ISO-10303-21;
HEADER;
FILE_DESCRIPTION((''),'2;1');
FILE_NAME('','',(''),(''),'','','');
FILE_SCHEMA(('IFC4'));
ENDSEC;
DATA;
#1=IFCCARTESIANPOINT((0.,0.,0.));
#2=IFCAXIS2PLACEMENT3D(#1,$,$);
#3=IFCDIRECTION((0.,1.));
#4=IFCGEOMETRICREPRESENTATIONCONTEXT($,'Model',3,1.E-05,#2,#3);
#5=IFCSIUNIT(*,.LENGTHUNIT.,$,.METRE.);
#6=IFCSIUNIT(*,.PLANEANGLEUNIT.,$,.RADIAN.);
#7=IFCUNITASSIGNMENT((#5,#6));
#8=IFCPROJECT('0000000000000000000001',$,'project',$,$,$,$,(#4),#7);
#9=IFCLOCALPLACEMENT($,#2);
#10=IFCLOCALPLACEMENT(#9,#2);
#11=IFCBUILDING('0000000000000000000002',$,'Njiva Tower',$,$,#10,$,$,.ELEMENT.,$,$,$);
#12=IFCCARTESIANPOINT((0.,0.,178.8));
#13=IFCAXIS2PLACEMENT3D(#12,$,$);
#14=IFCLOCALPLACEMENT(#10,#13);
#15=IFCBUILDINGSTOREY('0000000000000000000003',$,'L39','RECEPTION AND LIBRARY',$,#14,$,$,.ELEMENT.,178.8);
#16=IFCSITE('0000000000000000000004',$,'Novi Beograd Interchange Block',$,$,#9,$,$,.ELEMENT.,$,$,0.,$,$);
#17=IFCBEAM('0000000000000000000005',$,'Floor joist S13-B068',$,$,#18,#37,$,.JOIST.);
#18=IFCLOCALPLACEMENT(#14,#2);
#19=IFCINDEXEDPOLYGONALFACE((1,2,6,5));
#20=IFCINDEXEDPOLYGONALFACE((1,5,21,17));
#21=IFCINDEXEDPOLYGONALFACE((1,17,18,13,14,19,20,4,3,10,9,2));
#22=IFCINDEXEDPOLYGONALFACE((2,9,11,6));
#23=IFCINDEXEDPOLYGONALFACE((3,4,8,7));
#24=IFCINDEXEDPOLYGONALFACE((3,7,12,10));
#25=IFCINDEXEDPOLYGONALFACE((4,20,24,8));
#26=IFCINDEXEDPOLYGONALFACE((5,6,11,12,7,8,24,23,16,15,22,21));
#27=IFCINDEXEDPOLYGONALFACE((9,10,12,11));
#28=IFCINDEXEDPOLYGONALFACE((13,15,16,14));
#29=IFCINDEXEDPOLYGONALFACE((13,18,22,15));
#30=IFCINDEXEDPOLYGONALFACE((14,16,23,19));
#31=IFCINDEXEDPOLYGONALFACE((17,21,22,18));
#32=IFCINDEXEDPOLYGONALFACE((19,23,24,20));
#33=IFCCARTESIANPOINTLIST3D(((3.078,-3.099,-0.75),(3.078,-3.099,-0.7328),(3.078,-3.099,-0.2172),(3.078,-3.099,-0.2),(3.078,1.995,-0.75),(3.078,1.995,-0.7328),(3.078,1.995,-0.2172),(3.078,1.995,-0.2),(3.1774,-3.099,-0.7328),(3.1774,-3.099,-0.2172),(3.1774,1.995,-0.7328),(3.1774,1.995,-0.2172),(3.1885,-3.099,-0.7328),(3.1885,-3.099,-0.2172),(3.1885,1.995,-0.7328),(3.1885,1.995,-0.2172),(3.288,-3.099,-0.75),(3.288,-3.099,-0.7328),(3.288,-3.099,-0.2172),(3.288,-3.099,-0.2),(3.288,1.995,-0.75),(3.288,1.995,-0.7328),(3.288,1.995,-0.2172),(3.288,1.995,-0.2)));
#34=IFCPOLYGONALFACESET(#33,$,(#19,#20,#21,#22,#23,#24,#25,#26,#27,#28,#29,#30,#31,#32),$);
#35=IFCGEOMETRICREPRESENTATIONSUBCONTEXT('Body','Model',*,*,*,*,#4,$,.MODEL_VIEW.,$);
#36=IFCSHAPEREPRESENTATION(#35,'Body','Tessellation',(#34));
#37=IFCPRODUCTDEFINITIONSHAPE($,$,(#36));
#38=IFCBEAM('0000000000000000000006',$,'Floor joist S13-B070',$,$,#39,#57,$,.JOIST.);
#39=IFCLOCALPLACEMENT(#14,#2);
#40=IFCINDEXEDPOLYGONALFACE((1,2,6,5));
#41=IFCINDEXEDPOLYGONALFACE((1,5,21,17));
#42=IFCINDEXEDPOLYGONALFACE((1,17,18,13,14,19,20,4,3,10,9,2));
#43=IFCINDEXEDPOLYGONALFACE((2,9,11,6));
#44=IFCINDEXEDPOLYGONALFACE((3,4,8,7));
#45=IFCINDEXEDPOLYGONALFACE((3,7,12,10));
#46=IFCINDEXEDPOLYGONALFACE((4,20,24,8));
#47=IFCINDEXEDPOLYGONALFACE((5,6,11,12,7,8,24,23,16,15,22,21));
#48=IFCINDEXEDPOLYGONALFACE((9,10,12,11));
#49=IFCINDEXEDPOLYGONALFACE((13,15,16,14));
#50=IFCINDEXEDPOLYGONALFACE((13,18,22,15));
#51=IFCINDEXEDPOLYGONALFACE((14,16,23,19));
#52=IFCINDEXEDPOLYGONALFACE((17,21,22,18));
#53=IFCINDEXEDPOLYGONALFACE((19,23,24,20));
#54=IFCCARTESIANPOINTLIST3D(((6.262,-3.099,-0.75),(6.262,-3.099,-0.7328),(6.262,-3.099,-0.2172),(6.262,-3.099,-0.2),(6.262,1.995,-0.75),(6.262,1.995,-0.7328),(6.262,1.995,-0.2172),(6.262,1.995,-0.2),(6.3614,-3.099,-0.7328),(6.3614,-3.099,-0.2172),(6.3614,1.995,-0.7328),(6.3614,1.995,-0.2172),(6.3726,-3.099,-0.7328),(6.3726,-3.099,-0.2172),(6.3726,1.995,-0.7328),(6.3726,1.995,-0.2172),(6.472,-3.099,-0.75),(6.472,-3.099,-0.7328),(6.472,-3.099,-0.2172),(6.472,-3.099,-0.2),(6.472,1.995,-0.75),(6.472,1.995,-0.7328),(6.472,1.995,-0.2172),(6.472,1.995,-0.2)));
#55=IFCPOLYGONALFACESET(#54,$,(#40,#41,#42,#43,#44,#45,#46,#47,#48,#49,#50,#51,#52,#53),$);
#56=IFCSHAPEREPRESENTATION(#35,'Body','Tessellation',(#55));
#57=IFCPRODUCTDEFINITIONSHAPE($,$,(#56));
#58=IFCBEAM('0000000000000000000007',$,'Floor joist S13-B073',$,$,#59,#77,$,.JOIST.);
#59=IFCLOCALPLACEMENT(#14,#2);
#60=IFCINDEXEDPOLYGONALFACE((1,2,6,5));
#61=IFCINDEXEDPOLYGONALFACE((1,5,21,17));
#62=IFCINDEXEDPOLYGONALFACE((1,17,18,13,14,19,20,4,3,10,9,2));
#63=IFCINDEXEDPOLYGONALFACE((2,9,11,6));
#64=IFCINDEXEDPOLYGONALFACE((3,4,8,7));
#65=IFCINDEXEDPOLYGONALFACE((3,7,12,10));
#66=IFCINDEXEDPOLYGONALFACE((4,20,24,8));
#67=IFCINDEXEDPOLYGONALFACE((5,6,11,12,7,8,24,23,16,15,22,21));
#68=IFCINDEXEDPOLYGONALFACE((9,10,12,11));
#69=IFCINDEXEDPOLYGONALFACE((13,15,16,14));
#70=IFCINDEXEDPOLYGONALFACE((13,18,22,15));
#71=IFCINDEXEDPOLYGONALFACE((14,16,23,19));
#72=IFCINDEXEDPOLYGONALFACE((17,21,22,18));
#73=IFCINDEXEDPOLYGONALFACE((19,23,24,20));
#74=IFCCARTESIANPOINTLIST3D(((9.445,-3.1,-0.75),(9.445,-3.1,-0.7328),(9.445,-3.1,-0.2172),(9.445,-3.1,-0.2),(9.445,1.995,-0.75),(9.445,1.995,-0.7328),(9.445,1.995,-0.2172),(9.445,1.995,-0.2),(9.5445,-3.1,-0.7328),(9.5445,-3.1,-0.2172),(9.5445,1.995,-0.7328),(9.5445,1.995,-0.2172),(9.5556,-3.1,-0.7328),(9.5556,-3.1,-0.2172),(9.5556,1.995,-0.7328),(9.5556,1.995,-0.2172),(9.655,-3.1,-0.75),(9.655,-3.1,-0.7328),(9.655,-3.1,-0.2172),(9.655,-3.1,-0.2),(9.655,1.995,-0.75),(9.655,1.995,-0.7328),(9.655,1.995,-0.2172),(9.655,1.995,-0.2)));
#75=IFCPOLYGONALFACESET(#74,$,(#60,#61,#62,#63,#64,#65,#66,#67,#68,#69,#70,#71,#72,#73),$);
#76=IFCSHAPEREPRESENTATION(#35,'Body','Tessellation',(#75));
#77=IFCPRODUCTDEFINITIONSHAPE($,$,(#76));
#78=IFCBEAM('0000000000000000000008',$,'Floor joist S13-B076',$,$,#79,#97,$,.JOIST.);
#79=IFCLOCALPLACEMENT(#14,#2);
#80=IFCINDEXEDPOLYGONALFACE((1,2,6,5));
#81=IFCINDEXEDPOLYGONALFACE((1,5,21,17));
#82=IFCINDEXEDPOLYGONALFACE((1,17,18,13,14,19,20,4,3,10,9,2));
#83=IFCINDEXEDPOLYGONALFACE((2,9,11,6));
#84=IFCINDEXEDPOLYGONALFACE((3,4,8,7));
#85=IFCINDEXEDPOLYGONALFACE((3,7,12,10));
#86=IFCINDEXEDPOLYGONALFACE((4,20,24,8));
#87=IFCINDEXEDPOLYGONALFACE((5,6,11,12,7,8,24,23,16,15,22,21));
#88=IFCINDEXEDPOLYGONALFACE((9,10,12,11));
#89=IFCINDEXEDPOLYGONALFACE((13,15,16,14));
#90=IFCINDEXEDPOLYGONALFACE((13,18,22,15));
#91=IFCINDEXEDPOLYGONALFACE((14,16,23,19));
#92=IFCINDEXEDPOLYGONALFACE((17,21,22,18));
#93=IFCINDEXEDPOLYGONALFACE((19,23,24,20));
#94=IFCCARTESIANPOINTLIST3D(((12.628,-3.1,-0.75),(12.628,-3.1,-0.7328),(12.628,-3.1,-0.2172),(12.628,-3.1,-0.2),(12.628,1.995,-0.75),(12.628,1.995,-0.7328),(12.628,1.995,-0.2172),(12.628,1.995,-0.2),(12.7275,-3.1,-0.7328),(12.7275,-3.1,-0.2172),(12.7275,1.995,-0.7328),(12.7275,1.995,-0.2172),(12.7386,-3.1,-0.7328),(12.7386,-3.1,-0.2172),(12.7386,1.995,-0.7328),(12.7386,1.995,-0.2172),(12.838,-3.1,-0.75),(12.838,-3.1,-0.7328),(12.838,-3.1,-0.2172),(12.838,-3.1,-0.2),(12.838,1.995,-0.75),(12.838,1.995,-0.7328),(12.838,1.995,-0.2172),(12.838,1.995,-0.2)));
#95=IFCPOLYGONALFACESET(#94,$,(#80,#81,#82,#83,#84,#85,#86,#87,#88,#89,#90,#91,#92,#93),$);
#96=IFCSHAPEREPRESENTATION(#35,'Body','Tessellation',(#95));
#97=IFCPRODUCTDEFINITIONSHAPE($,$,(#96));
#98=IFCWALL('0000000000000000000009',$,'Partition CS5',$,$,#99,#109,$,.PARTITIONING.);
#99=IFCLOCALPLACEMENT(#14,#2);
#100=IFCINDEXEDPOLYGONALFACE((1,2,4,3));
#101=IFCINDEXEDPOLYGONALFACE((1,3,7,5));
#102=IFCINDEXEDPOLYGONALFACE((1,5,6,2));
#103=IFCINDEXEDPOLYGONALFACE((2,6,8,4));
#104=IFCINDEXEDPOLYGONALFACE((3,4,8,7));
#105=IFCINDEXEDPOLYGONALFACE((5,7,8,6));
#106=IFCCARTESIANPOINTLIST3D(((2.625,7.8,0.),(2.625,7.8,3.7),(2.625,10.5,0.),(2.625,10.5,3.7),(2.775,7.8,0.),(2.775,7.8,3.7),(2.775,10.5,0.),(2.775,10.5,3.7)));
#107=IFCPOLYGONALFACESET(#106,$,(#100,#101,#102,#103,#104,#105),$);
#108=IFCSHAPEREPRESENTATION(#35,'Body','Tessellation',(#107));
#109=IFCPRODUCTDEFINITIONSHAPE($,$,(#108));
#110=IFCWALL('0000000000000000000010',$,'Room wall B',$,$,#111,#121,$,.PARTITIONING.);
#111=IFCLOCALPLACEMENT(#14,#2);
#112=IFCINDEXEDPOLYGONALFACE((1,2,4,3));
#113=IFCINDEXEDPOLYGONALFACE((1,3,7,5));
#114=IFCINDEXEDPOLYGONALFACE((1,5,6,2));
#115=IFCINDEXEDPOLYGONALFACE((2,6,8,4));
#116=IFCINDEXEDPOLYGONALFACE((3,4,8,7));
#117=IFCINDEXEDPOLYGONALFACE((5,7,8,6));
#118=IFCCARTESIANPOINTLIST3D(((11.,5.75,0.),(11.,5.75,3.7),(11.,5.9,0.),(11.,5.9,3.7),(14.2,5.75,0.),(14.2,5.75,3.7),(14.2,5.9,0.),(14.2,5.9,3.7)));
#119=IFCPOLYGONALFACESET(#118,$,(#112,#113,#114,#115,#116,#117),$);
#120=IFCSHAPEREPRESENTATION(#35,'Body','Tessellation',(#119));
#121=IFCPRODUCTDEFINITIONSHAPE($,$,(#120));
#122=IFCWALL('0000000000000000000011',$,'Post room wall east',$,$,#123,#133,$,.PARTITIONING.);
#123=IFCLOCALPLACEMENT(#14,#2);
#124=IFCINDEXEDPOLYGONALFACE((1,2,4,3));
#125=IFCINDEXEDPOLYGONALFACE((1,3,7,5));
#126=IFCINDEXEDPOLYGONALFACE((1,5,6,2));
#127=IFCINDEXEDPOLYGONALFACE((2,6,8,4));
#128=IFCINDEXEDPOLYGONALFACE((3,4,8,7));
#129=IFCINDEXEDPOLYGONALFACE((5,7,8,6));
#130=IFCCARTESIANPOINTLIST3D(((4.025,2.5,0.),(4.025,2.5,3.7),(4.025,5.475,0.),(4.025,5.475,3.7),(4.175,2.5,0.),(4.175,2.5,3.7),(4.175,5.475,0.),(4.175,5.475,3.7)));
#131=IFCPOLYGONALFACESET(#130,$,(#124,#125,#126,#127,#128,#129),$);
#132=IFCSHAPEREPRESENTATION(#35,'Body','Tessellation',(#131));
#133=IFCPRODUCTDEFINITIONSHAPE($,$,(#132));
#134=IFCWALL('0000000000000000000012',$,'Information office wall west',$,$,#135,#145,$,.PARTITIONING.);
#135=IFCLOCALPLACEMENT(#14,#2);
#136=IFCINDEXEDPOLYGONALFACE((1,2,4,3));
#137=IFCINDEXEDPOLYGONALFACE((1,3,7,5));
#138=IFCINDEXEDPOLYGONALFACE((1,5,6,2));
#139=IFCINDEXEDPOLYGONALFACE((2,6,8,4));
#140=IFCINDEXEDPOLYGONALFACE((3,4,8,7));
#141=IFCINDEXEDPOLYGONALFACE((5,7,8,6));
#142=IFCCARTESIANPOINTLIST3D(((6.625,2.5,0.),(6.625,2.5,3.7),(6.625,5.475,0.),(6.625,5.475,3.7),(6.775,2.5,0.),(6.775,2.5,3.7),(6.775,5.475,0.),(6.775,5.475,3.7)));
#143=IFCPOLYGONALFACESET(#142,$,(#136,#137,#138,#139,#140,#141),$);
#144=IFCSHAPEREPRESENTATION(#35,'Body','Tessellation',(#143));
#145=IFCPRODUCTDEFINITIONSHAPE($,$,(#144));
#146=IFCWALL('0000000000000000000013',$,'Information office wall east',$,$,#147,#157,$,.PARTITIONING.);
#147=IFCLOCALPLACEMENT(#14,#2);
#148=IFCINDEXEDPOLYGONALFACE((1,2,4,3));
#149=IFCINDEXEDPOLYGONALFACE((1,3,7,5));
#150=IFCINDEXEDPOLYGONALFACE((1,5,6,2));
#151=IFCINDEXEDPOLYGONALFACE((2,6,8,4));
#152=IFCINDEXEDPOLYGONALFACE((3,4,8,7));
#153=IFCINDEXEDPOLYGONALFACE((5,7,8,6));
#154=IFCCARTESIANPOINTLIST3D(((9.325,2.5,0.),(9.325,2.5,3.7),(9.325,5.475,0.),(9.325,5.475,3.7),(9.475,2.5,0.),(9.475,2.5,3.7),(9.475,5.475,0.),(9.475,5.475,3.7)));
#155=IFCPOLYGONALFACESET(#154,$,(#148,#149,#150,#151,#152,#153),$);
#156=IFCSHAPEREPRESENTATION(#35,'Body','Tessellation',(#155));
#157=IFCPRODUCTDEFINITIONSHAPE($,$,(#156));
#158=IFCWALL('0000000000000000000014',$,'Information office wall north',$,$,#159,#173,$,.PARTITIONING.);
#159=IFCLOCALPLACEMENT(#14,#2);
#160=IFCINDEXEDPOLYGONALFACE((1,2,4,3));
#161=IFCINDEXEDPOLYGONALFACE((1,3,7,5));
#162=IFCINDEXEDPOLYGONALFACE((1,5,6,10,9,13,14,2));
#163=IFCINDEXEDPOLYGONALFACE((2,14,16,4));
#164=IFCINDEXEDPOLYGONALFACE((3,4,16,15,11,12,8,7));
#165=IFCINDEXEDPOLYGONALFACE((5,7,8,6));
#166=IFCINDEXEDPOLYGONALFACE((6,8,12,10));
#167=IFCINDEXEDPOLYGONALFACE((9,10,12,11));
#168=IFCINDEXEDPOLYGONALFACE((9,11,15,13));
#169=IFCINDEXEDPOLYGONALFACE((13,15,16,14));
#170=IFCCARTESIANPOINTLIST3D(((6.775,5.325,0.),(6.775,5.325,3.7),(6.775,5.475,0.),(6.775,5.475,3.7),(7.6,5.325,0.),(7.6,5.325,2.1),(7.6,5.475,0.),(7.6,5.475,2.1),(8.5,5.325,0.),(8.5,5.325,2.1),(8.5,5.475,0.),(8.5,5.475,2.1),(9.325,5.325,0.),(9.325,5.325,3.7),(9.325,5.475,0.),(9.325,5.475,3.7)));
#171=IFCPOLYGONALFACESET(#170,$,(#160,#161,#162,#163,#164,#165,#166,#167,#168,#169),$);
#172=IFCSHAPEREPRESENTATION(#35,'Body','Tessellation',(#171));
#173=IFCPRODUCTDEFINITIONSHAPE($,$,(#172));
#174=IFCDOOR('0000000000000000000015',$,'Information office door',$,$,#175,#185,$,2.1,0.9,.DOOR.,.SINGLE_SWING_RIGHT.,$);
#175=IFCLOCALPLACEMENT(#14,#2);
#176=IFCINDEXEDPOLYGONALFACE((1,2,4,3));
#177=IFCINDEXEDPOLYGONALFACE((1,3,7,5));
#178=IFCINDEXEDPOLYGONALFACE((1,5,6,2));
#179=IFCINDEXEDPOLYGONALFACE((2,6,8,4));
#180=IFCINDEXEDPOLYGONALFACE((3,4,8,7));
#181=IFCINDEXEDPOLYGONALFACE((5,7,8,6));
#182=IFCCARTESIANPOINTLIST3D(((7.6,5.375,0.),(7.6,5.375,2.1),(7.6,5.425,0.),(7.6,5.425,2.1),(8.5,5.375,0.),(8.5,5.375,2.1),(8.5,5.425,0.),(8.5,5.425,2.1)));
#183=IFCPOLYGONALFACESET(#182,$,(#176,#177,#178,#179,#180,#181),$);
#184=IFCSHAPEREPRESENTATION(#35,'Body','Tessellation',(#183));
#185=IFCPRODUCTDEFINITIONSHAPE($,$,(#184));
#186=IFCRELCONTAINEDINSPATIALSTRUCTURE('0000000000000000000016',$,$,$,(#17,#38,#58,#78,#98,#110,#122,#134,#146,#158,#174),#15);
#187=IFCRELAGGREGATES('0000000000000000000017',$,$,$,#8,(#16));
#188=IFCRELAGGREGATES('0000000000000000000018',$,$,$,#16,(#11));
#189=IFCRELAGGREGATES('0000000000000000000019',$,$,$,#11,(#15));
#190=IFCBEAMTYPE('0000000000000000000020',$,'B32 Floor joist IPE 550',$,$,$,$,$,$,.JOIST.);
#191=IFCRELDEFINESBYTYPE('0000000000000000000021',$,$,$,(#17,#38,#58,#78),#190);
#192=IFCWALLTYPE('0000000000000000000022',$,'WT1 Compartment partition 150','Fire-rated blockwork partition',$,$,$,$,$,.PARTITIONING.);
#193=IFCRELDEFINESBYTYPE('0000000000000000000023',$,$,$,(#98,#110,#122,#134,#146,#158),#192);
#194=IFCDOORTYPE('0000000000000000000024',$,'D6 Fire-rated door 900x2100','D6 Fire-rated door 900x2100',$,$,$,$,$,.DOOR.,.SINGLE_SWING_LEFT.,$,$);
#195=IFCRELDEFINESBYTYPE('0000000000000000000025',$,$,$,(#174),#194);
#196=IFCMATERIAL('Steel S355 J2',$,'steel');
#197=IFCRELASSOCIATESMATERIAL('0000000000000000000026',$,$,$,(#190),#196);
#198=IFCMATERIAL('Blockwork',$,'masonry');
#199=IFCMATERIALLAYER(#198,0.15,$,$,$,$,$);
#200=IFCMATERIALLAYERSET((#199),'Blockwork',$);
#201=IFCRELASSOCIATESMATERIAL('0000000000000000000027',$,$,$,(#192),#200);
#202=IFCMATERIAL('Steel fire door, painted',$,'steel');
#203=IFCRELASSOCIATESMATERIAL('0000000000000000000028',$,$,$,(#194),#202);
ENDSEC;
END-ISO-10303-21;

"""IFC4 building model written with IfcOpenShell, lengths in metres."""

from ifc_helpers import new_model, si_unit, direction, frame, frame_2d, origin, origin_2d, place, context, subcontext, project, spatial, rectangle, i_section, extrude, material, layer, layer_set, material_profile, profile_set, type_object, element, fill, save


model = new_model("IFC4")

# Units and contexts
model_context = context("Model", 3, precision=1e-05, world=origin(), true_north=direction((0.0, 1.0)))
body_context = subcontext(model_context, "Body", "Model", "MODEL_VIEW")
ifc_project = project(units=[si_unit("LENGTHUNIT", "METRE"), si_unit("PLANEANGLEUNIT", "RADIAN")], contexts=[model_context])

# Site, building, storey
site_placement = place(None, origin())
site = spatial("IfcSite", under=ifc_project, at=site_placement, Name="Novi Beograd Interchange Block", CompositionType="ELEMENT", RefElevation=0.0)
building_placement = place(site_placement, origin())
building = spatial("IfcBuilding", under=site, at=building_placement, Name="Njiva Tower", CompositionType="ELEMENT")
storey_placement = place(building_placement, frame((0.0, 0.0, 178.8)))
storey = spatial("IfcBuildingStorey", under=building, at=storey_placement, Name="L39", Description="RECEPTION AND LIBRARY", CompositionType="ELEMENT", Elevation=178.8)

# Beams
ifc_material_1 = material(Name="Steel S355 J2", Category="steel")
ifc_material_profile = material_profile(ifc_material_1, i_section(OverallWidth=0.21, OverallDepth=0.55, WebThickness=0.0111, FlangeThickness=0.0172, at=origin_2d()), Name="IPE 550")
ifc_profile_set = profile_set([ifc_material_profile], Name="Steel S355 J2")
beam_type = type_object("IfcBeamType", Name="B32 Floor joist IPE 550", PredefinedType="JOIST", material=ifc_profile_set)
for number, where, z_axis, x_axis, name in (
    (1, (3.183, 1.995, -0.475), (0.0, -1.0, 0.0), (1.0, 0.0, 0.0), "Floor joist S13-B068"),
    (2, (6.367, 1.995, -0.475), (0.0, -1.0, 0.0), (1.0, 0.0, 0.0), "Floor joist S13-B070"),
):
    element("IfcBeam", number, at=place(storey_placement, frame(where, z_axis=z_axis, x_axis=x_axis)), inside=storey, type_object=beam_type, Name=name, PredefinedType="JOIST", context=body_context, shape_type="SweptSolid", body=[
        extrude(i_section(OverallWidth=0.21, OverallDepth=0.55, WebThickness=0.0111, FlangeThickness=0.0172, at=origin_2d()), origin(), (0.0, 0.0, 1.0), 5.094),
    ])
for number, where, z_axis, x_axis, name in (
    (3, (9.55, 1.995, -0.475), (0.0, -1.0, 0.0), (1.0, 0.0, 0.0), "Floor joist S13-B073"),
    (4, (12.733, 1.995, -0.475), (0.0, -1.0, 0.0), (1.0, 0.0, 0.0), "Floor joist S13-B076"),
):
    element("IfcBeam", number, at=place(storey_placement, frame(where, z_axis=z_axis, x_axis=x_axis)), inside=storey, type_object=beam_type, Name=name, PredefinedType="JOIST", context=body_context, shape_type="SweptSolid", body=[
        extrude(i_section(OverallWidth=0.21, OverallDepth=0.55, WebThickness=0.0111, FlangeThickness=0.0172, at=origin_2d()), origin(), (0.0, 0.0, 1.0), 5.095),
    ])

# Walls
ifc_material_2 = material(Name="Blockwork", Category="masonry")
ifc_layer_1 = layer(ifc_material_2, 0.15)
ifc_layer_set_1 = layer_set([ifc_layer_1], Name="Blockwork")
wall_type_1 = type_object("IfcWallType", Name="WT1 Compartment partition 150", Description="Fire-rated blockwork partition", PredefinedType="PARTITIONING", material=ifc_layer_set_1)
wall_1_placement = place(storey_placement, frame((2.7, 7.8, 0.0), z_axis=(0.0, 0.0, 1.0), x_axis=(0.0, 1.0, 0.0)))
element("IfcWall", 5, at=wall_1_placement, inside=storey, type_object=wall_type_1, Name="Partition CS5", PredefinedType="PARTITIONING", context=body_context, shape_type="SweptSolid", body=[
    extrude(rectangle(XDim=2.7, YDim=0.15, at=frame_2d((1.35, 0.0))), origin(), (0.0, 0.0, 1.0), 3.7),
])
wall_2_placement = place(storey_placement, frame((11.0, 5.825, 0.0), z_axis=(0.0, 0.0, 1.0), x_axis=(1.0, 0.0, 0.0)))
element("IfcWall", 6, at=wall_2_placement, inside=storey, type_object=wall_type_1, Name="Room wall B", PredefinedType="PARTITIONING", context=body_context, shape_type="SweptSolid", body=[
    extrude(rectangle(XDim=3.2, YDim=0.15, at=frame_2d((1.6, 0.0))), origin(), (0.0, 0.0, 1.0), 3.7),
])
for number, where, z_axis, x_axis, name in (
    (7, (4.1, 2.5, 0.0), (0.0, 0.0, 1.0), (0.0, 1.0, 0.0), "Post room wall east"),
    (8, (6.7, 2.5, 0.0), (0.0, 0.0, 1.0), (0.0, 1.0, 0.0), "Information office wall west"),
    (9, (9.4, 2.5, 0.0), (0.0, 0.0, 1.0), (0.0, 1.0, 0.0), "Information office wall east"),
):
    element("IfcWall", number, at=place(storey_placement, frame(where, z_axis=z_axis, x_axis=x_axis)), inside=storey, type_object=wall_type_1, Name=name, PredefinedType="PARTITIONING", context=body_context, shape_type="SweptSolid", body=[
        extrude(rectangle(XDim=2.975, YDim=0.15, at=frame_2d((1.4875, 0.0))), origin(), (0.0, 0.0, 1.0), 3.7),
    ])

# Wall, opening, door
wall_3_placement = place(storey_placement, frame((6.775, 5.4, 0.0), z_axis=(0.0, 0.0, 1.0), x_axis=(1.0, 0.0, 0.0)))
wall_3 = element("IfcWall", 10, at=wall_3_placement, inside=storey, type_object=wall_type_1, Name="Information office wall north", PredefinedType="PARTITIONING", context=body_context, shape_type="SweptSolid", body=[
    extrude(rectangle(XDim=2.55, YDim=0.15, at=frame_2d((1.275, 0.0))), origin(), (0.0, 0.0, 1.0), 3.7),
])
opening_1_placement = place(wall_3_placement, frame((0.825, 0.0, 0.0)))
opening_1 = element("IfcOpeningElement", 11, at=opening_1_placement, cuts=wall_3, PredefinedType="OPENING", context=body_context, shape_type="SweptSolid", body=[
    extrude(rectangle(XDim=0.9, YDim=2.1, at=frame_2d((0.45, 1.05))), frame((0.0, 0.085, 0.0), z_axis=(0.0, -1.0, 0.0), x_axis=(1.0, 0.0, 0.0)), (0.0, 0.0, 1.0), 0.17),
])
ifc_material_3 = material(Name="Steel fire door, painted", Category="steel")
door_type_1 = type_object("IfcDoorType", Name="D6 Fire-rated door 900x2100", Description="D6 Fire-rated door 900x2100", OperationType="SINGLE_SWING_LEFT", PredefinedType="DOOR", material=ifc_material_3)
door_1_placement = place(opening_1_placement, origin())
door_1 = element("IfcDoor", 12, at=door_1_placement, inside=storey, type_object=door_type_1, Name="Information office door", OperationType="SINGLE_SWING_RIGHT", OverallHeight=2.1, OverallWidth=0.9, PredefinedType="DOOR", context=body_context, shape_type="SweptSolid", body=[
    extrude(rectangle(XDim=0.9, YDim=2.1, at=frame_2d((0.45, 1.05))), frame((0.0, 0.025, 0.0), z_axis=(0.0, -1.0, 0.0), x_axis=(1.0, 0.0, 0.0)), (0.0, 0.0, 1.0), 0.05),
])
fill(opening_1, door_1)

save(model, "model.ifc")
